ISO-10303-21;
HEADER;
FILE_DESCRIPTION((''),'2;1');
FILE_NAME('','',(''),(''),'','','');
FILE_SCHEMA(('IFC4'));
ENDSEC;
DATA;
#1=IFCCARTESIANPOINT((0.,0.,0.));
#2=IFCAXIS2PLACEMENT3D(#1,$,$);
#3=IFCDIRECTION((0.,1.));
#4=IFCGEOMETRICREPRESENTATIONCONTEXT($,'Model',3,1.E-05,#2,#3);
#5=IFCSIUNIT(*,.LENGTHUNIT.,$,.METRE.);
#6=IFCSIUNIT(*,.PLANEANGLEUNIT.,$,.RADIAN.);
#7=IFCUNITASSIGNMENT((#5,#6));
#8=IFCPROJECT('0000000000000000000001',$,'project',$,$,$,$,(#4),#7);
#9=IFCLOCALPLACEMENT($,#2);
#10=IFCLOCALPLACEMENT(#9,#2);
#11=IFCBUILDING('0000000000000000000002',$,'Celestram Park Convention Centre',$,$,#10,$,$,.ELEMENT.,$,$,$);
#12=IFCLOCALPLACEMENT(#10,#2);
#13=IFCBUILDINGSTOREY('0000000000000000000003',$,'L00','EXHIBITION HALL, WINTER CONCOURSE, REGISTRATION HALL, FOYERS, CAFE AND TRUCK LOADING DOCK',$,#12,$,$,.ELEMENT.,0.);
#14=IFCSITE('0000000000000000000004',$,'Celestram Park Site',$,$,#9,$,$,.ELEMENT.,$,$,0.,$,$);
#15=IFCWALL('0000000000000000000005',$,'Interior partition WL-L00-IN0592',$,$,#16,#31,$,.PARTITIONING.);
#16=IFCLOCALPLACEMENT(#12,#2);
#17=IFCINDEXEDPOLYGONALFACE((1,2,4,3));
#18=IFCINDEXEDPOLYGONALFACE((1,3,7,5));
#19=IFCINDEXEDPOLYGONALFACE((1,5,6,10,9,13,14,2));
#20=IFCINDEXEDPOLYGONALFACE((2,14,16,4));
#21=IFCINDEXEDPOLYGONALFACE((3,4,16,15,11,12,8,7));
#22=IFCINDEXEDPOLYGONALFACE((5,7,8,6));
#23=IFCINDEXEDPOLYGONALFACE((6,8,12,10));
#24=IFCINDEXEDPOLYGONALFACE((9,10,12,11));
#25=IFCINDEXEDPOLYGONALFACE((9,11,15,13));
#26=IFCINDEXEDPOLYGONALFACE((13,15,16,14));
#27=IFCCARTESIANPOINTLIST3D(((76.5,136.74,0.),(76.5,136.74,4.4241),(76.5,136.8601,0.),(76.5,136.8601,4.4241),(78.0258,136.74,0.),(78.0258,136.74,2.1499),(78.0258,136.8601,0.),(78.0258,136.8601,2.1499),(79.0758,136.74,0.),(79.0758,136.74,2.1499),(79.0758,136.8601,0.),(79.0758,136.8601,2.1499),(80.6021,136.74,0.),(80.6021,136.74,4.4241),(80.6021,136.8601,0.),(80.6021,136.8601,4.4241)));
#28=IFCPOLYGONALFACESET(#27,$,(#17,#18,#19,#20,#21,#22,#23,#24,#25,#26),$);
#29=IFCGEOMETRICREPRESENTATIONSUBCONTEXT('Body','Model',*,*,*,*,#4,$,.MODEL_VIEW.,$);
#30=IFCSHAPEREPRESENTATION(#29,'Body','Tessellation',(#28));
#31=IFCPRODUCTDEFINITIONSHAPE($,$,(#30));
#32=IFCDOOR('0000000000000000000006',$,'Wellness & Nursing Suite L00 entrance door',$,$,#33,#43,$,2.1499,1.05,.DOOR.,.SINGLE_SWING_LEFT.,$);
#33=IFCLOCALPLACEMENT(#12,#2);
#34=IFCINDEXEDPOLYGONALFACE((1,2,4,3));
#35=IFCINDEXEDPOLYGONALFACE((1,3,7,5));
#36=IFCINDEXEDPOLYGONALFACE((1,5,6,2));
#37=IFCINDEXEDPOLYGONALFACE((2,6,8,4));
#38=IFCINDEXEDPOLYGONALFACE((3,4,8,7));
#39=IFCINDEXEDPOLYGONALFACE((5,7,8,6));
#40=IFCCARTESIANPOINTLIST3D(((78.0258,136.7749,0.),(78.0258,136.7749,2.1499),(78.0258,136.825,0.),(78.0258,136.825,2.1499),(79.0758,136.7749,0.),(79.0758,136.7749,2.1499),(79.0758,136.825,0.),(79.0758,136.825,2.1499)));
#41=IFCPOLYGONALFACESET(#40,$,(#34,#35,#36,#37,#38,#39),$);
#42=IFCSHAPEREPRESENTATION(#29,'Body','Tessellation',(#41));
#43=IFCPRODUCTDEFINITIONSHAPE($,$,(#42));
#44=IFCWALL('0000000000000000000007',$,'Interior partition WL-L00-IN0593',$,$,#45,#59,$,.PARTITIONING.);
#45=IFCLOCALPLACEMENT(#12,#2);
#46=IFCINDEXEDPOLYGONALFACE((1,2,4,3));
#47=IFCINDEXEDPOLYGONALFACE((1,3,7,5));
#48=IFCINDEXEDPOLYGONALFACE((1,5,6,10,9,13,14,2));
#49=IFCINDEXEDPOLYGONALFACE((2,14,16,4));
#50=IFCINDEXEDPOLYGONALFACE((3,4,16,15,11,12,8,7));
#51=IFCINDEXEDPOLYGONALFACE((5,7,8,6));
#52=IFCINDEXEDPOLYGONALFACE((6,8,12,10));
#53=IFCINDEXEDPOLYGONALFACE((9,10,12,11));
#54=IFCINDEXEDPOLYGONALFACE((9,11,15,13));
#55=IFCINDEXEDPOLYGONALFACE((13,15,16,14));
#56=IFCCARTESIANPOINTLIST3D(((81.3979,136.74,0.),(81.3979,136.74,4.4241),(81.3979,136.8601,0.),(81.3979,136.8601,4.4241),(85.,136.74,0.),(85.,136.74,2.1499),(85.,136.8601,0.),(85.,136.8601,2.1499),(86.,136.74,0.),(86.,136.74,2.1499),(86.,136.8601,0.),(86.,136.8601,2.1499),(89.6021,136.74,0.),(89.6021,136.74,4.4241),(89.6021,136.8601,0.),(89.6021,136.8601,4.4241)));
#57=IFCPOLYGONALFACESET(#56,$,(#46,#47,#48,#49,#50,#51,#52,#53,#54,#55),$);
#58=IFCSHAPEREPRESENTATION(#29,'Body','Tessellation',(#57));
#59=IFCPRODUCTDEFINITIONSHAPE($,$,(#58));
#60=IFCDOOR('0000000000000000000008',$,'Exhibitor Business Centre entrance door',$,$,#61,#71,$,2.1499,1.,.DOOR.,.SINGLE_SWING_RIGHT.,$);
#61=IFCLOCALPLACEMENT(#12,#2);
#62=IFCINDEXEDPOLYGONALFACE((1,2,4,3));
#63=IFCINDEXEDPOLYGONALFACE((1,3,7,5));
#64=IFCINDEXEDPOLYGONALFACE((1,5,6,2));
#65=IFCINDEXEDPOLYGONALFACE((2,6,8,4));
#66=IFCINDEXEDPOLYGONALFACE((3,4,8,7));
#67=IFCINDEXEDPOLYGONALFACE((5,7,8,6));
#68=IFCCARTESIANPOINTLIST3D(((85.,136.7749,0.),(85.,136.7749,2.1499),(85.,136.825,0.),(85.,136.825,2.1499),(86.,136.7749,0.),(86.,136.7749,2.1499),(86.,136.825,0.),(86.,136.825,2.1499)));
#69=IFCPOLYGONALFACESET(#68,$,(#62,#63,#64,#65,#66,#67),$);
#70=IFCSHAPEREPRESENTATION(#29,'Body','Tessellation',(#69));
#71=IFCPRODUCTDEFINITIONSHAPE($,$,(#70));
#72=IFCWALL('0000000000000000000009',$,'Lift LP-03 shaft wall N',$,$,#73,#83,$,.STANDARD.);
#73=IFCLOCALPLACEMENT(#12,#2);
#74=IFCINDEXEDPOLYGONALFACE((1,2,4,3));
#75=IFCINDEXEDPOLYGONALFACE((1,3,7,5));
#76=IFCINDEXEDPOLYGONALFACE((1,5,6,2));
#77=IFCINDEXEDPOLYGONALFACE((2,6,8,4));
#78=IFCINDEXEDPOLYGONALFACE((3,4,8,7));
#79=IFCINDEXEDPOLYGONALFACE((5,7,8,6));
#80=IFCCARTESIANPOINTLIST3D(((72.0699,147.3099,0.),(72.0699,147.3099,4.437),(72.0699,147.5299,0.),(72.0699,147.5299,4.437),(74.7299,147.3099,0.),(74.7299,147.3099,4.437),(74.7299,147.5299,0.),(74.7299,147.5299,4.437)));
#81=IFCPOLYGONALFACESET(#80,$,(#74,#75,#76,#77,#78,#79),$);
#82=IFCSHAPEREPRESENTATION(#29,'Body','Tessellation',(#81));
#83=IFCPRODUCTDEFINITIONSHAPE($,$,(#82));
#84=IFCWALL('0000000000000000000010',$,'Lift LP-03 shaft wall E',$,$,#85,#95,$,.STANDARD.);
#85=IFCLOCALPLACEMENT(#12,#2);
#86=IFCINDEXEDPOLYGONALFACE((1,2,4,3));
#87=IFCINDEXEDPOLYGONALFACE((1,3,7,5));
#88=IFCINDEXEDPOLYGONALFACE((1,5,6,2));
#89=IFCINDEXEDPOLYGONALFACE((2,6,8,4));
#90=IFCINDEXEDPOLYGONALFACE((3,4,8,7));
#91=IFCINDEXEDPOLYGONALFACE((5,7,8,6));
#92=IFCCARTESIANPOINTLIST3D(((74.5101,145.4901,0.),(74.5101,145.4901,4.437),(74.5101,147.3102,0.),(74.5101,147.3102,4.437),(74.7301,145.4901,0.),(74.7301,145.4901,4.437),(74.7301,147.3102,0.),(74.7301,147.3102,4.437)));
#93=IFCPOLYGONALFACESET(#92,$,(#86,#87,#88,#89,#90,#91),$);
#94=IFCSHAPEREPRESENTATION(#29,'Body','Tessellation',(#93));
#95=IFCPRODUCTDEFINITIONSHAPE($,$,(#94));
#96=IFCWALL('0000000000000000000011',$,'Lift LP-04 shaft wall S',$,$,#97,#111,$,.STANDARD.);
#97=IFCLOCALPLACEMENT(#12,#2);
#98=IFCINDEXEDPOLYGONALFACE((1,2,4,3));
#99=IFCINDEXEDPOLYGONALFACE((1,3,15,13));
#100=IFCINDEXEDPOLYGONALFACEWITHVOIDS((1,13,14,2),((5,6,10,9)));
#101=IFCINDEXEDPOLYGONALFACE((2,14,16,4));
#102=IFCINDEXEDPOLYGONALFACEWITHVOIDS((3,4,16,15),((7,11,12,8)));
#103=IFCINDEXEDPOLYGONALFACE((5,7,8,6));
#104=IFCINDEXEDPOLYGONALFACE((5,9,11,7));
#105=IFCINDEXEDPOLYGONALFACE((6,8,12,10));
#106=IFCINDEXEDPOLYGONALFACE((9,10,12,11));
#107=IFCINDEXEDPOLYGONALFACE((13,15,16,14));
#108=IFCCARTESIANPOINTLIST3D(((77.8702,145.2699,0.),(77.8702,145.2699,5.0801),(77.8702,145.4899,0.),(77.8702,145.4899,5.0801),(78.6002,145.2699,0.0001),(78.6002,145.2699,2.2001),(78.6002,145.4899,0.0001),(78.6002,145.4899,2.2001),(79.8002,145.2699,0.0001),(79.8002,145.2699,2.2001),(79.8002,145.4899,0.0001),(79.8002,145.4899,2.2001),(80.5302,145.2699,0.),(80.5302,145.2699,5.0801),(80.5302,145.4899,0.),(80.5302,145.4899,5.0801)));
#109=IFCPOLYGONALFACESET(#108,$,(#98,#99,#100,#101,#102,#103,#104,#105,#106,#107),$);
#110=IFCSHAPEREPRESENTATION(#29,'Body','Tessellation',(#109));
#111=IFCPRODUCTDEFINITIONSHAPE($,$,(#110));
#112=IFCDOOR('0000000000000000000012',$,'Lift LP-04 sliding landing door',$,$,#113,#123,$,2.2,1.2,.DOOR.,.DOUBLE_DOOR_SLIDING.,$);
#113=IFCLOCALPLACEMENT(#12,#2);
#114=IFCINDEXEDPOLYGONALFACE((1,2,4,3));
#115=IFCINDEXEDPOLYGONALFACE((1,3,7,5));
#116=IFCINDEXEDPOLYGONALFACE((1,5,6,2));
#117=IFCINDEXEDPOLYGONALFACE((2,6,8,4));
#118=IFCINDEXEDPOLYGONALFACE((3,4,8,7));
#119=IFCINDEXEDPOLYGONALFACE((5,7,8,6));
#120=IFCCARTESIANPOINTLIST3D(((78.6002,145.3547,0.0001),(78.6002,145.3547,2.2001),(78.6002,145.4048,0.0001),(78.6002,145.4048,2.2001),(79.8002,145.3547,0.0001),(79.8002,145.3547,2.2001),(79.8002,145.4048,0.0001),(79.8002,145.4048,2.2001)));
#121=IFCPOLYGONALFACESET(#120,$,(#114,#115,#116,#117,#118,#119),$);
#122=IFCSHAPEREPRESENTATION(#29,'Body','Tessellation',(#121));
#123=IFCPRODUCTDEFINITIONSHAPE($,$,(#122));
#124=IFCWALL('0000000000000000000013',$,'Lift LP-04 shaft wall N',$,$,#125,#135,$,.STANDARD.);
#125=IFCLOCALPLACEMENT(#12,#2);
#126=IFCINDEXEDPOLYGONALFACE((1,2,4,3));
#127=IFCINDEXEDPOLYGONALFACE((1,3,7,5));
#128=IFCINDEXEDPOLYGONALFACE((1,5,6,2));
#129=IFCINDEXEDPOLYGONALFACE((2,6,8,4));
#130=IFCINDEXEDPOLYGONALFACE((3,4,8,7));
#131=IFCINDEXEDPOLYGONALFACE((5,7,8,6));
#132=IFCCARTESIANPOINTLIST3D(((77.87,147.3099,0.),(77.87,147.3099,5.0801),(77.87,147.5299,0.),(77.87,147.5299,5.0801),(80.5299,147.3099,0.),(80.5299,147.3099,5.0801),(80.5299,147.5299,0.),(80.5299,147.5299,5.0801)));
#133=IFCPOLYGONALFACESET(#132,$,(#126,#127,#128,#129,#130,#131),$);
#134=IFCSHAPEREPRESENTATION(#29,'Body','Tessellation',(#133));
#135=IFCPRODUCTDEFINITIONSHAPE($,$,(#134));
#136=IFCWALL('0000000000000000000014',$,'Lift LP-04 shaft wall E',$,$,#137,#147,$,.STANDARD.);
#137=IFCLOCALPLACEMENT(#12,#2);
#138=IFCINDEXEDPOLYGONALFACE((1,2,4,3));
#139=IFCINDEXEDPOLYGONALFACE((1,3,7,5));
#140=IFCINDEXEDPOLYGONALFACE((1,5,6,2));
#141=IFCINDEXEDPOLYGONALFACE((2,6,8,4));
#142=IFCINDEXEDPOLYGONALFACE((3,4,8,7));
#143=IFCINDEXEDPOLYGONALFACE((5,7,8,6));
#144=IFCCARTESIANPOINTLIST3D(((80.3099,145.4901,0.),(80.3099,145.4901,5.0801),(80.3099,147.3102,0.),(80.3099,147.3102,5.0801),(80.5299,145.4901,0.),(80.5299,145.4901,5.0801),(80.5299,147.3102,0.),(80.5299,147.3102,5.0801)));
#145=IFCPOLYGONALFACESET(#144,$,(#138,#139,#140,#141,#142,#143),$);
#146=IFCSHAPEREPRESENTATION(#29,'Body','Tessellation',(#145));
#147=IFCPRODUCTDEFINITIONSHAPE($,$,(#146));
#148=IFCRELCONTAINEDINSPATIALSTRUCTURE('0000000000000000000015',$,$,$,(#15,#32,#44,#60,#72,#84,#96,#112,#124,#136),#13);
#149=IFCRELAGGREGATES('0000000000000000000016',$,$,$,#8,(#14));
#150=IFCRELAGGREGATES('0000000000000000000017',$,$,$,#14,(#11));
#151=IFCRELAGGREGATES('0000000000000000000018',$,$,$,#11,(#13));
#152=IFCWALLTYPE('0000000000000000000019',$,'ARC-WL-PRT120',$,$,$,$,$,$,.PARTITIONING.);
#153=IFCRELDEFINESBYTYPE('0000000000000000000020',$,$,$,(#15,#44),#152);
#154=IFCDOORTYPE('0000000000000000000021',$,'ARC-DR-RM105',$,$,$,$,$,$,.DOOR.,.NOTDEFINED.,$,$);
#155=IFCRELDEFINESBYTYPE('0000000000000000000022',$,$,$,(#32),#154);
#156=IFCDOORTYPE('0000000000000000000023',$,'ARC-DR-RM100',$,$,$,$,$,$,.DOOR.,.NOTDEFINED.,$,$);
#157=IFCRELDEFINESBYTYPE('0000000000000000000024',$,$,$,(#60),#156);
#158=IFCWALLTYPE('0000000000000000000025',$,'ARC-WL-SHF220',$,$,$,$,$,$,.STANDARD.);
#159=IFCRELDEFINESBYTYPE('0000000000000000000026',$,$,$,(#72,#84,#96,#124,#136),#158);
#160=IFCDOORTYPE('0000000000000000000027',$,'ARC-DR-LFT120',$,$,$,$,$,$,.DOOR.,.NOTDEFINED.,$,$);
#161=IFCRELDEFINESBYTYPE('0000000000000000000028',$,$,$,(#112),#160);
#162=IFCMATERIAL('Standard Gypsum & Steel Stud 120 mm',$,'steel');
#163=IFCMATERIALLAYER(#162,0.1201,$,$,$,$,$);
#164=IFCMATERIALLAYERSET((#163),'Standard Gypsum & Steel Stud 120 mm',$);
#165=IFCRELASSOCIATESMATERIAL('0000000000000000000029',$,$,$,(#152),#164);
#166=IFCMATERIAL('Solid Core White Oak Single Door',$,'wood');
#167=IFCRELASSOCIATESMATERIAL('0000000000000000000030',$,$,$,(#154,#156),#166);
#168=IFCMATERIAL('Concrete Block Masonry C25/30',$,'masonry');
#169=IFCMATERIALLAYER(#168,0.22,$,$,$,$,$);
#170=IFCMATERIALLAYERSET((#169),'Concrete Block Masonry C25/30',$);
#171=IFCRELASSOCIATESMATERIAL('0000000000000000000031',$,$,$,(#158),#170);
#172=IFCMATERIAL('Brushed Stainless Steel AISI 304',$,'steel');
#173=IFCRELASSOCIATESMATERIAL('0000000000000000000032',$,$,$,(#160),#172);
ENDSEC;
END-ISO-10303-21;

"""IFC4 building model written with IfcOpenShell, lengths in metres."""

from ifc_helpers import new_model, si_unit, direction, frame, frame_2d, origin, place, context, subcontext, project, spatial, rectangle, extrude, material, layer, layer_set, type_object, element, fill, save


model = new_model("IFC4")

# Units and contexts
model_context = context("Model", 3, precision=1e-05, world=origin(), true_north=direction((0.0, 1.0)))
body_context = subcontext(model_context, "Body", "Model", "MODEL_VIEW")
ifc_project = project(units=[si_unit("LENGTHUNIT", "METRE"), si_unit("PLANEANGLEUNIT", "RADIAN")], contexts=[model_context])

# Site, building, storey
site_placement = place(None, origin())
site = spatial("IfcSite", under=ifc_project, at=site_placement, Name="Celestram Park Site", CompositionType="ELEMENT", RefElevation=0.0)
building_placement = place(site_placement, origin())
building = spatial("IfcBuilding", under=site, at=building_placement, Name="Celestram Park Convention Centre", CompositionType="ELEMENT")
storey_placement = place(building_placement, origin())
storey = spatial("IfcBuildingStorey", under=building, at=storey_placement, Name="L00", Description="EXHIBITION HALL, WINTER CONCOURSE, REGISTRATION HALL, FOYERS, CAFE AND TRUCK LOADING DOCK", CompositionType="ELEMENT", Elevation=0.0)

# Shared definitions
ifc_material_1 = material(Name="Concrete Block Masonry C25/30", Category="masonry")

# Walls, openings, doors
ifc_material_2 = material(Name="Standard Gypsum & Steel Stud 120 mm", Category="steel")
ifc_layer_1 = layer(ifc_material_2, 0.1201)
ifc_layer_set_1 = layer_set([ifc_layer_1], Name="Standard Gypsum & Steel Stud 120 mm")
wall_type_1 = type_object("IfcWallType", Name="ARC-WL-PRT120", PredefinedType="PARTITIONING", material=ifc_layer_set_1)
wall_1_placement = place(storey_placement, frame((76.5, 136.8, 0.0), z_axis=(0.0, 0.0, 1.0), x_axis=(1.0, 0.0, 0.0)))
wall_1 = element("IfcWall", 1, at=wall_1_placement, inside=storey, type_object=wall_type_1, Name="Interior partition WL-L00-IN0592", PredefinedType="PARTITIONING", context=body_context, shape_type="SweptSolid", body=[
    extrude(rectangle(XDim=4.1021, YDim=0.1201, at=frame_2d((2.051, 0.0))), origin(), (0.0, 0.0, 1.0), 4.4241),
])
opening_1_placement = place(wall_1_placement, frame((1.5259, 0.0, 0.0)))
opening_1 = element("IfcOpeningElement", 2, at=opening_1_placement, cuts=wall_1, PredefinedType="OPENING", context=body_context, shape_type="SweptSolid", body=[
    extrude(rectangle(XDim=1.05, YDim=2.1499, at=frame_2d((0.5249, 1.075))), frame((0.0, 0.0701, 0.0), z_axis=(0.0, -1.0, 0.0), x_axis=(1.0, 0.0, 0.0)), (0.0, 0.0, 1.0), 0.1401),
])
ifc_material_3 = material(Name="Solid Core White Oak Single Door", Category="wood")
door_type_1 = type_object("IfcDoorType", Name="ARC-DR-RM105", OperationType="NOTDEFINED", PredefinedType="DOOR", material=ifc_material_3)
door_1_placement = place(opening_1_placement, origin())
door_1 = element("IfcDoor", 3, at=door_1_placement, inside=storey, type_object=door_type_1, Name="Wellness & Nursing Suite L00 entrance door", OperationType="SINGLE_SWING_LEFT", OverallHeight=2.1499, OverallWidth=1.05, PredefinedType="DOOR", context=body_context, shape_type="SweptSolid", body=[
    extrude(rectangle(XDim=1.05, YDim=2.1499, at=frame_2d((0.5249, 1.075))), frame((0.0, 0.0249, 0.0), z_axis=(0.0, -1.0, 0.0), x_axis=(1.0, 0.0, 0.0)), (0.0, 0.0, 1.0), 0.05),
])
fill(opening_1, door_1)
wall_2_placement = place(storey_placement, frame((81.3979, 136.8, 0.0), z_axis=(0.0, 0.0, 1.0), x_axis=(1.0, 0.0, 0.0)))
wall_2 = element("IfcWall", 4, at=wall_2_placement, inside=storey, type_object=wall_type_1, Name="Interior partition WL-L00-IN0593", PredefinedType="PARTITIONING", context=body_context, shape_type="SweptSolid", body=[
    extrude(rectangle(XDim=8.2041, YDim=0.1201, at=frame_2d((4.1021, 0.0))), origin(), (0.0, 0.0, 1.0), 4.4241),
])
opening_2_placement = place(wall_2_placement, frame((3.6021, 0.0, 0.0)))
opening_2 = element("IfcOpeningElement", 5, at=opening_2_placement, cuts=wall_2, PredefinedType="OPENING", context=body_context, shape_type="SweptSolid", body=[
    extrude(rectangle(XDim=1.0, YDim=2.1499, at=frame_2d((0.5, 1.075))), frame((0.0, 0.0701, 0.0), z_axis=(0.0, -1.0, 0.0), x_axis=(1.0, 0.0, 0.0)), (0.0, 0.0, 1.0), 0.1401),
])
door_type_2 = type_object("IfcDoorType", Name="ARC-DR-RM100", OperationType="NOTDEFINED", PredefinedType="DOOR", material=ifc_material_3)
door_2_placement = place(opening_2_placement, origin())
door_2 = element("IfcDoor", 6, at=door_2_placement, inside=storey, type_object=door_type_2, Name="Exhibitor Business Centre entrance door", OperationType="SINGLE_SWING_RIGHT", OverallHeight=2.1499, OverallWidth=1.0, PredefinedType="DOOR", context=body_context, shape_type="SweptSolid", body=[
    extrude(rectangle(XDim=1.0, YDim=2.1499, at=frame_2d((0.5, 1.075))), frame((0.0, 0.0249, 0.0), z_axis=(0.0, -1.0, 0.0), x_axis=(1.0, 0.0, 0.0)), (0.0, 0.0, 1.0), 0.05),
])
fill(opening_2, door_2)

# Walls
ifc_layer_2 = layer(ifc_material_1, 0.22)
ifc_layer_set_2 = layer_set([ifc_layer_2], Name="Concrete Block Masonry C25/30")
wall_type_2 = type_object("IfcWallType", Name="ARC-WL-SHF220", PredefinedType="STANDARD", material=ifc_layer_set_2)
wall_3_placement = place(storey_placement, frame((74.73, 147.4199, 0.0), z_axis=(0.0, 0.0, 1.0), x_axis=(-1.0, 0.0, 0.0)))
element("IfcWall", 7, at=wall_3_placement, inside=storey, type_object=wall_type_2, Name="Lift LP-03 shaft wall N", PredefinedType="STANDARD", context=body_context, shape_type="SweptSolid", body=[
    extrude(rectangle(XDim=2.6599, YDim=0.22, at=frame_2d((1.3301, 0.0))), origin(), (0.0, 0.0, 1.0), 4.437),
])
wall_4_placement = place(storey_placement, frame((74.6201, 145.49, 0.0), z_axis=(0.0, 0.0, 1.0), x_axis=(0.0, 1.0, 0.0)))
element("IfcWall", 8, at=wall_4_placement, inside=storey, type_object=wall_type_2, Name="Lift LP-03 shaft wall E", PredefinedType="STANDARD", context=body_context, shape_type="SweptSolid", body=[
    extrude(rectangle(XDim=1.8201, YDim=0.22, at=frame_2d((0.9102, 0.0))), origin(), (0.0, 0.0, 1.0), 4.437),
])

# Wall, opening, door
wall_5_placement = place(storey_placement, frame((77.8701, 145.3799, 0.0), z_axis=(0.0, 0.0, 1.0), x_axis=(1.0, 0.0, 0.0)))
wall_5 = element("IfcWall", 9, at=wall_5_placement, inside=storey, type_object=wall_type_2, Name="Lift LP-04 shaft wall S", PredefinedType="STANDARD", context=body_context, shape_type="SweptSolid", body=[
    extrude(rectangle(XDim=2.6599, YDim=0.22, at=frame_2d((1.3301, 0.0))), origin(), (0.0, 0.0, 1.0), 5.0801),
])
opening_3_placement = place(wall_5_placement, frame((0.73, 0.0, 0.0)))
opening_3 = element("IfcOpeningElement", 10, at=opening_3_placement, cuts=wall_5, PredefinedType="OPENING", context=body_context, shape_type="SweptSolid", body=[
    extrude(rectangle(XDim=1.2, YDim=2.2, at=frame_2d((0.6001, 1.1001))), frame((0.0, 0.1199, 0.0), z_axis=(0.0, -1.0, 0.0), x_axis=(1.0, 0.0, 0.0)), (0.0, 0.0, 1.0), 0.24),
])
ifc_material_4 = material(Name="Brushed Stainless Steel AISI 304", Category="steel")
door_type_3 = type_object("IfcDoorType", Name="ARC-DR-LFT120", OperationType="NOTDEFINED", PredefinedType="DOOR", material=ifc_material_4)
door_3_placement = place(opening_3_placement, origin())
door_3 = element("IfcDoor", 11, at=door_3_placement, inside=storey, type_object=door_type_3, Name="Lift LP-04 sliding landing door", OperationType="DOUBLE_DOOR_SLIDING", OverallHeight=2.2, OverallWidth=1.2, PredefinedType="DOOR", context=body_context, shape_type="SweptSolid", body=[
    extrude(rectangle(XDim=1.2, YDim=2.2, at=frame_2d((0.6001, 1.1001))), frame((0.0, 0.0249, 0.0), z_axis=(0.0, -1.0, 0.0), x_axis=(1.0, 0.0, 0.0)), (0.0, 0.0, 1.0), 0.05),
])
fill(opening_3, door_3)

# Walls
wall_6_placement = place(storey_placement, frame((80.53, 147.4199, 0.0), z_axis=(0.0, 0.0, 1.0), x_axis=(-1.0, 0.0, 0.0)))
element("IfcWall", 12, at=wall_6_placement, inside=storey, type_object=wall_type_2, Name="Lift LP-04 shaft wall N", PredefinedType="STANDARD", context=body_context, shape_type="SweptSolid", body=[
    extrude(rectangle(XDim=2.6599, YDim=0.22, at=frame_2d((1.3301, 0.0))), origin(), (0.0, 0.0, 1.0), 5.0801),
])
for number, where, z_axis, x_axis, name in (
    (13, (80.4199, 145.49, 0.0), (0.0, 0.0, 1.0), (0.0, 1.0, 0.0), "Lift LP-04 shaft wall E"),
):
    element("IfcWall", number, at=place(storey_placement, frame(where, z_axis=z_axis, x_axis=x_axis)), inside=storey, type_object=wall_type_2, Name=name, PredefinedType="STANDARD", context=body_context, shape_type="SweptSolid", body=[
        extrude(rectangle(XDim=1.8201, YDim=0.22, at=frame_2d((0.9102, 0.0))), origin(), (0.0, 0.0, 1.0), 5.0801),
    ])

save(model, "model.ifc")
